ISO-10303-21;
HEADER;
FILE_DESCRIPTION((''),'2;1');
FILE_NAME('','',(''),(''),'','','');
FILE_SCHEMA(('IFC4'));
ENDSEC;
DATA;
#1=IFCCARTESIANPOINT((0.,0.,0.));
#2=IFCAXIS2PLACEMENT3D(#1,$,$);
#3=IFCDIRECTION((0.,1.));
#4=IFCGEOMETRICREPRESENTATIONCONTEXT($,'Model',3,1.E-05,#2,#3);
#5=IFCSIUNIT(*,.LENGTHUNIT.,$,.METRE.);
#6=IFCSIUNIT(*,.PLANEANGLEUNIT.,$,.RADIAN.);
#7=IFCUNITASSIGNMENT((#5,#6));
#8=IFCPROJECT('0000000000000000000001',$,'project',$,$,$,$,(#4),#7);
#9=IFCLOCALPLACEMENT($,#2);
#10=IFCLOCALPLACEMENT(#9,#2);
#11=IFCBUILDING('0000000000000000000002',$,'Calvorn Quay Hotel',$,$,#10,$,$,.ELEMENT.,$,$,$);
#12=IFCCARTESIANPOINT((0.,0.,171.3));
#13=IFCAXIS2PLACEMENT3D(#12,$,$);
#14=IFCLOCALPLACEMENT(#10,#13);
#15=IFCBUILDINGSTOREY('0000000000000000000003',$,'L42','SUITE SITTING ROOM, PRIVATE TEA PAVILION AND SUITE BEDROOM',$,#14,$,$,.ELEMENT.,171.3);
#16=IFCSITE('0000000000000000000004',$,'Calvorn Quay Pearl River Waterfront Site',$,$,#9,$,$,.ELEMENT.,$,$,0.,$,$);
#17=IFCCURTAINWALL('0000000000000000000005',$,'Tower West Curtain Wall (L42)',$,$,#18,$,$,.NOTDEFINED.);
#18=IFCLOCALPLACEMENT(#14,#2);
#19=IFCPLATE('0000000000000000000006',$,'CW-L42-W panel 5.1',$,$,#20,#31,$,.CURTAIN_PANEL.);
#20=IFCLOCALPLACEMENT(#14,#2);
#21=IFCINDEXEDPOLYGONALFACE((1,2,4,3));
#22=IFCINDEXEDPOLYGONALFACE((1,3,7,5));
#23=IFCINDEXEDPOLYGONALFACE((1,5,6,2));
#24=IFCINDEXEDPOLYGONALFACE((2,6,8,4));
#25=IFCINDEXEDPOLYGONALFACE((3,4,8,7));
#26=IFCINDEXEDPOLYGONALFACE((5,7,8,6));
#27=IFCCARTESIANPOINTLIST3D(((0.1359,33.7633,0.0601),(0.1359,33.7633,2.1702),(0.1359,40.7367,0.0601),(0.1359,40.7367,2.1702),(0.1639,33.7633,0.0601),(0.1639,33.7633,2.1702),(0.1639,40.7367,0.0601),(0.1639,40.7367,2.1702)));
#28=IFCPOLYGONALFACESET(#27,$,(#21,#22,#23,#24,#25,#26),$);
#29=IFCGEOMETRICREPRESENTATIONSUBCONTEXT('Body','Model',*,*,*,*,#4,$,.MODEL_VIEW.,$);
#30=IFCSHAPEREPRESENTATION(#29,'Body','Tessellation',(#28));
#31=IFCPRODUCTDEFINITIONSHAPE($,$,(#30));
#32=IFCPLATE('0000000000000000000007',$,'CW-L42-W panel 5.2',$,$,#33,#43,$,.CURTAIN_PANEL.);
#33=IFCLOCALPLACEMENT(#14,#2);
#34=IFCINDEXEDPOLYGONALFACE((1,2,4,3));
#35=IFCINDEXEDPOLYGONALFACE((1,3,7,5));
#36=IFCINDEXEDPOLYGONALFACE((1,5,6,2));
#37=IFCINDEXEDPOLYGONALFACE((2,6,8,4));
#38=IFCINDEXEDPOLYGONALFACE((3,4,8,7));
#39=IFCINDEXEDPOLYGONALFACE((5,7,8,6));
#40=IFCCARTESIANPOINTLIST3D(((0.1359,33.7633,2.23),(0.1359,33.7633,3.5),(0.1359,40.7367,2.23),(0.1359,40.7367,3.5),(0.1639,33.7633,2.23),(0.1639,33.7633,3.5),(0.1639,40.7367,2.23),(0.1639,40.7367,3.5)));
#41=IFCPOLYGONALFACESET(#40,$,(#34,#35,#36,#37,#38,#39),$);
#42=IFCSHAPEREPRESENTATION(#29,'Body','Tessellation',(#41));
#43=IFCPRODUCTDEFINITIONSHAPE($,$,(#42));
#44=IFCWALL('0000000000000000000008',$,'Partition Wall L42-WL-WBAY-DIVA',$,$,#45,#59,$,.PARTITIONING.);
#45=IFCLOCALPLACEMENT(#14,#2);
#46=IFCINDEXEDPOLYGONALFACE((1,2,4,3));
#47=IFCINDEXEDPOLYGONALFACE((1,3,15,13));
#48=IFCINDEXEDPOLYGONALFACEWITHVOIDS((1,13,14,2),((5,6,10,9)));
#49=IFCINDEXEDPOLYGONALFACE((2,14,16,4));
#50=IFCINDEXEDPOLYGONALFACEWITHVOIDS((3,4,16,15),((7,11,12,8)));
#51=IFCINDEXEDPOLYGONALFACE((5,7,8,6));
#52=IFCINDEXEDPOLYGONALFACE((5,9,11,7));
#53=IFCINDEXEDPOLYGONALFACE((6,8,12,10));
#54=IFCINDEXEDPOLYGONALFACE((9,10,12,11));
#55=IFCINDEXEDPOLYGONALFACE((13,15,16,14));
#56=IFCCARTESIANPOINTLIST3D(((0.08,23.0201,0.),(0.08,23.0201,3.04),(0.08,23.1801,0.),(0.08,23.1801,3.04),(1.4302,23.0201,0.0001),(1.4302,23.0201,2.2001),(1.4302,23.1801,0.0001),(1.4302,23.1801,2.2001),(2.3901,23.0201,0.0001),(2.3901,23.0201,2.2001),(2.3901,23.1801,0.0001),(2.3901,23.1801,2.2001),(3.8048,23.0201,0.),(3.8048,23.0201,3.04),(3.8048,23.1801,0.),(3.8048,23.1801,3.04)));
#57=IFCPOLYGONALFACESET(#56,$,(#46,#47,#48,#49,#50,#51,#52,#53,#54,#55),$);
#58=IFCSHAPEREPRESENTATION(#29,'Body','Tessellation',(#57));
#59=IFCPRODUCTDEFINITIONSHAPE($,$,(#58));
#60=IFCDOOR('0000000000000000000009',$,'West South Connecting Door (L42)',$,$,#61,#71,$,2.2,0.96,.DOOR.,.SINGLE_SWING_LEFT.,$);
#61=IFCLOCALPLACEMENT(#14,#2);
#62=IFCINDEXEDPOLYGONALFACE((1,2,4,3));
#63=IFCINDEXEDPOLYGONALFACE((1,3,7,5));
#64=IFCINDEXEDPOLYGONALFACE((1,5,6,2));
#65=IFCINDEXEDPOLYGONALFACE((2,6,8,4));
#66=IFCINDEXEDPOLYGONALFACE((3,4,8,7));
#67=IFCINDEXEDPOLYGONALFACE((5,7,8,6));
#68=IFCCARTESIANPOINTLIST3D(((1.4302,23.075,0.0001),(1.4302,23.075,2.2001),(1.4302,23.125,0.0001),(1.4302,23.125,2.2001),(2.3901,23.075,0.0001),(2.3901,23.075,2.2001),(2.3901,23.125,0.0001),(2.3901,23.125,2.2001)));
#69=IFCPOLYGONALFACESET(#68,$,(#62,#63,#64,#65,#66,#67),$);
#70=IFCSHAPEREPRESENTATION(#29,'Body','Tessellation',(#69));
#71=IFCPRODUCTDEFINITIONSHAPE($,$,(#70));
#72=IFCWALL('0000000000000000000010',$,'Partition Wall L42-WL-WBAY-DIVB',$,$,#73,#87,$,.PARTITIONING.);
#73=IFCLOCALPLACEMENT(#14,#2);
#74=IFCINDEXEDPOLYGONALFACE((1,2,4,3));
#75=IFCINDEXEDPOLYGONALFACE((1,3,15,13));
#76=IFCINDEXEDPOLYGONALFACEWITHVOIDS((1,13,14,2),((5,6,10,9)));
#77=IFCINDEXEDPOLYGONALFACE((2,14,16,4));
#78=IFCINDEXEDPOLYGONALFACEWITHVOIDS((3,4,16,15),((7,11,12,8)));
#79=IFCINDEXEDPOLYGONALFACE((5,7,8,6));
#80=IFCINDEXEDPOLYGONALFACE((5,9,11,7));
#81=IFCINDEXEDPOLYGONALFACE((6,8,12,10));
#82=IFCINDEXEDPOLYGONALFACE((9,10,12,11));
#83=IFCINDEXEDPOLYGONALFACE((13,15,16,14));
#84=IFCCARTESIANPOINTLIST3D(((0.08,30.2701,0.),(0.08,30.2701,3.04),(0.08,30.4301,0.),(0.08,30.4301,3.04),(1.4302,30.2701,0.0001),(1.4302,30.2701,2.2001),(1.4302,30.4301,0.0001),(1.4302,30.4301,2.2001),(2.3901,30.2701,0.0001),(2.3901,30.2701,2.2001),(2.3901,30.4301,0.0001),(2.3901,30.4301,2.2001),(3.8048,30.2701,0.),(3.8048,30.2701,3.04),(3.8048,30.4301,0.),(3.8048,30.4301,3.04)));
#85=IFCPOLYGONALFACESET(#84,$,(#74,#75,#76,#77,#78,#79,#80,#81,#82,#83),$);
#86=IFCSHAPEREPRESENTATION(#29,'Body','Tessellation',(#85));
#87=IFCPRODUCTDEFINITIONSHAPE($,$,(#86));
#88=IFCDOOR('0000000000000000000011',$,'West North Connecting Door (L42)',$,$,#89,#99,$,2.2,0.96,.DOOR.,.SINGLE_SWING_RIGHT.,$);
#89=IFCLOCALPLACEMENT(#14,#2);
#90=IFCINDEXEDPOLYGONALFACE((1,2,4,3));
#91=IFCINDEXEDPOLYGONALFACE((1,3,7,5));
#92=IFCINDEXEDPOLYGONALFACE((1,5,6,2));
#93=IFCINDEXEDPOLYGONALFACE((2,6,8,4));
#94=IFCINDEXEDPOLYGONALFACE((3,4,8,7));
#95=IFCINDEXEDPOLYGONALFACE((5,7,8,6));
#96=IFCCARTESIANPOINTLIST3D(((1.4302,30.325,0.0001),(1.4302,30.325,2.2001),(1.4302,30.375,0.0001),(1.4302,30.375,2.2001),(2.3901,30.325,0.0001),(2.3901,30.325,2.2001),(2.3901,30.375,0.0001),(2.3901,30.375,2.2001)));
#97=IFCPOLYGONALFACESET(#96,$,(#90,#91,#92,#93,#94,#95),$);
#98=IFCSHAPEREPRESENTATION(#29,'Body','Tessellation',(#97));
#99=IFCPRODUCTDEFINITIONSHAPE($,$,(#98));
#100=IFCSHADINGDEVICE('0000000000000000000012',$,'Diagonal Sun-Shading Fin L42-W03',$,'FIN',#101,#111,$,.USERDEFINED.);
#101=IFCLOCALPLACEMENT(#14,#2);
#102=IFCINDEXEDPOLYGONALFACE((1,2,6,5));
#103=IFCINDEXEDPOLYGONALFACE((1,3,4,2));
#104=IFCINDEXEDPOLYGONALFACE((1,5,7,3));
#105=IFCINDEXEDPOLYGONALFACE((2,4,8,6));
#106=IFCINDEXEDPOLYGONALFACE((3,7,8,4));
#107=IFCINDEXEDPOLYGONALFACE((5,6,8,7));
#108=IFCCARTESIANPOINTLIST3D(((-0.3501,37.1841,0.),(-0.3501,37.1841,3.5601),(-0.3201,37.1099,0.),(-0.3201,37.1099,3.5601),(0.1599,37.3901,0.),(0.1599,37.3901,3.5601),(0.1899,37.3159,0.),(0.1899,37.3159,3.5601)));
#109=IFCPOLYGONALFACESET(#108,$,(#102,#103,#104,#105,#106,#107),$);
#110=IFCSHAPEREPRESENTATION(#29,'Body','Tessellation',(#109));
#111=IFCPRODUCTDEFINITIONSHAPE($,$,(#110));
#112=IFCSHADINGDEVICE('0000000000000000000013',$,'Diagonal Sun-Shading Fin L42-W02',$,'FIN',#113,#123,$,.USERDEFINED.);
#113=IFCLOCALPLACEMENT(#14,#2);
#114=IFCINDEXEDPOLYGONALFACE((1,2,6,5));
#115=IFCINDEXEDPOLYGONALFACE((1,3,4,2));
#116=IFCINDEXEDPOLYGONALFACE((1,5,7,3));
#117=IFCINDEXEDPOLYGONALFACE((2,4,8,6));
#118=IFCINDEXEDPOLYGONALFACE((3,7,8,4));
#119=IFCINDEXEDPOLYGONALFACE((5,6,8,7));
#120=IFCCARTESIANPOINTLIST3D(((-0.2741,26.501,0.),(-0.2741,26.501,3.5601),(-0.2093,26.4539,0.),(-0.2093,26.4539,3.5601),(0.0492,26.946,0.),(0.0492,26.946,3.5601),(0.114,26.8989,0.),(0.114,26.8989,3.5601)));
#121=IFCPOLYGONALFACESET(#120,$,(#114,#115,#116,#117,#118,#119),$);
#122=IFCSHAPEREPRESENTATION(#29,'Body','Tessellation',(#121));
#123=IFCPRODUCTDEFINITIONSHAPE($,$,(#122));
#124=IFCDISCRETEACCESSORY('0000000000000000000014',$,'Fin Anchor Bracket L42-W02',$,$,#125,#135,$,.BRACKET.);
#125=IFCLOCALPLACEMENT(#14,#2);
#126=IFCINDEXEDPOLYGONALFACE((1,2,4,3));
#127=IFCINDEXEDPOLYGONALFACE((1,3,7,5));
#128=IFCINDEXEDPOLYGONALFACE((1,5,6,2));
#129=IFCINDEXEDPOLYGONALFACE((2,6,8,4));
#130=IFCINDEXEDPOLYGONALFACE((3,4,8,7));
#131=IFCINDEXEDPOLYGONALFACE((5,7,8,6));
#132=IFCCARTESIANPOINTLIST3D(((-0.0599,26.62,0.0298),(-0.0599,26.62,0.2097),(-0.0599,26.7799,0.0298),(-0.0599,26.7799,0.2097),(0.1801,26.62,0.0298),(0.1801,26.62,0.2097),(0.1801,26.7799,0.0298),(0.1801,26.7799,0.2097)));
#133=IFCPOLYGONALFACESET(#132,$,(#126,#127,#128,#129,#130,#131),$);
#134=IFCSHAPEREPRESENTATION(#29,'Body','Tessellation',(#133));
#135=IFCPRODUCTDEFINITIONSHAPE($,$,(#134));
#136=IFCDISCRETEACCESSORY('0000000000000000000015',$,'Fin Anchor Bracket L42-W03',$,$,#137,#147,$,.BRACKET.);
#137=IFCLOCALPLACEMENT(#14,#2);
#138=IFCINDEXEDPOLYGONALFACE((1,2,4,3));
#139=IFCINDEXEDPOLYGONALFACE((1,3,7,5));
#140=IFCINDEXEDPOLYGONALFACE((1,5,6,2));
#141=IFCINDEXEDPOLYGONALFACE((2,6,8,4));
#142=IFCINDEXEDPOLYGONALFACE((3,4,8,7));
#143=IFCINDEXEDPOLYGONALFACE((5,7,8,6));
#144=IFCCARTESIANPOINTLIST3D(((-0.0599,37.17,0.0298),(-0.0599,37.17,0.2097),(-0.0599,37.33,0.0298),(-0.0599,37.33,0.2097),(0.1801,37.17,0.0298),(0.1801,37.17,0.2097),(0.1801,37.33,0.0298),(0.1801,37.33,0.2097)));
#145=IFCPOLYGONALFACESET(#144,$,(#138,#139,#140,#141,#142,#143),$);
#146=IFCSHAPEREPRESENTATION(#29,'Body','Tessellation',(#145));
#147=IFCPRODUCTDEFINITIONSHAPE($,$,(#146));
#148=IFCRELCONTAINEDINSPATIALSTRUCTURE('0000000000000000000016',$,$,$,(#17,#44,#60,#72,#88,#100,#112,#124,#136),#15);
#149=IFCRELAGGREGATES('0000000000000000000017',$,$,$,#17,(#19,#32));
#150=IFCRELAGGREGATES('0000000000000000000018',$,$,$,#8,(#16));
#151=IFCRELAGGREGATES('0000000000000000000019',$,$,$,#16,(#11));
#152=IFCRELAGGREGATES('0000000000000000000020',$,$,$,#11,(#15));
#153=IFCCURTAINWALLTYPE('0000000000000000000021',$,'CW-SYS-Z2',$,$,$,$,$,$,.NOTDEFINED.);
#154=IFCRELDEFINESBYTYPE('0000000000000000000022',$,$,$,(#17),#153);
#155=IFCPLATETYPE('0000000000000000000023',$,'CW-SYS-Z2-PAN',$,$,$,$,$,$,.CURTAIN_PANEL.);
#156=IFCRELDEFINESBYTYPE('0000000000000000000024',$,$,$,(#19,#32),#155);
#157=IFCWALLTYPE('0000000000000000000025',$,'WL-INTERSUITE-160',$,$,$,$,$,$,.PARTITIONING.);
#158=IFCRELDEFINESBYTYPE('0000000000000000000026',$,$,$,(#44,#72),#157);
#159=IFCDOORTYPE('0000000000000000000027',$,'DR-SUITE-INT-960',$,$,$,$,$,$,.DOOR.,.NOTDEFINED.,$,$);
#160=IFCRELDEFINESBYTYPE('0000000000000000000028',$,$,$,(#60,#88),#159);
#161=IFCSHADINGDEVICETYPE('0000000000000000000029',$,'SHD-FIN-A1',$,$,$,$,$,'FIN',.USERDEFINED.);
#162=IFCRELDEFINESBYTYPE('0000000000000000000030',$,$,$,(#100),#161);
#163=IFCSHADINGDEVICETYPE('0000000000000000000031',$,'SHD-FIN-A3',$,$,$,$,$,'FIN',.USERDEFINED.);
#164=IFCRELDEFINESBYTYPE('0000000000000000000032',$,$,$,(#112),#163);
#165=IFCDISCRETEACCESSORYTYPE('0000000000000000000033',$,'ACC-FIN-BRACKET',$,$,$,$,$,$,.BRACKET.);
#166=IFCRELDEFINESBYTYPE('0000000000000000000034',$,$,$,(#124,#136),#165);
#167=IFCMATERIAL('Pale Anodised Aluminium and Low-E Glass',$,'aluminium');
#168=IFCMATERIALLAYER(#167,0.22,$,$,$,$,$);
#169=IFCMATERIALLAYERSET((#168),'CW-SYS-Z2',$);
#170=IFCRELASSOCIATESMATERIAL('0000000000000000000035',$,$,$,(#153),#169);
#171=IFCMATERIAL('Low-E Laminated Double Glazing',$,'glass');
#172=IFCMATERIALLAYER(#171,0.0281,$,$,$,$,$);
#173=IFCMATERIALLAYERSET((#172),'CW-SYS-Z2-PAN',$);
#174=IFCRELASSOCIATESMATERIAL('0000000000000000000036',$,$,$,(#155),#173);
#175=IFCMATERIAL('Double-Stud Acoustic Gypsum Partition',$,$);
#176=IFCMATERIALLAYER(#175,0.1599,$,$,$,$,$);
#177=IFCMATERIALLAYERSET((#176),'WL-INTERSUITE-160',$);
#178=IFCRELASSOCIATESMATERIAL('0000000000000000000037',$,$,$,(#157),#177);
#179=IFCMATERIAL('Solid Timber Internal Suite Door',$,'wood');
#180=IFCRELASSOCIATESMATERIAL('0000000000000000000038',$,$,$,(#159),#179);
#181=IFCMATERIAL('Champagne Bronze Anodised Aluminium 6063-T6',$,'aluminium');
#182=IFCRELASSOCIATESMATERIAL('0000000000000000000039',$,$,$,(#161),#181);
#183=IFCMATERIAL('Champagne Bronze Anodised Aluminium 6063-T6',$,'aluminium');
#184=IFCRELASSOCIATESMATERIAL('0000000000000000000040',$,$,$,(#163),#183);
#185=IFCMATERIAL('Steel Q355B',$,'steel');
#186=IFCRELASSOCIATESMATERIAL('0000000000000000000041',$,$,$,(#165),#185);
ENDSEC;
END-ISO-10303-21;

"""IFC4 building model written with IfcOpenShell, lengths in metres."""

from ifc_helpers import new_model, si_unit, direction, frame, frame_2d, origin, origin_2d, place, context, subcontext, project, spatial, rectangle, extrude, material, layer, layer_set, type_object, element, fill, aggregate, save


model = new_model("IFC4")

# Units and contexts
model_context = context("Model", 3, precision=1e-05, world=origin(), true_north=direction((0.0, 1.0)))
body_context = subcontext(model_context, "Body", "Model", "MODEL_VIEW")
ifc_project = project(units=[si_unit("LENGTHUNIT", "METRE"), si_unit("PLANEANGLEUNIT", "RADIAN")], contexts=[model_context])

# Site, building, storey
site_placement = place(None, origin())
site = spatial("IfcSite", under=ifc_project, at=site_placement, Name="Calvorn Quay Pearl River Waterfront Site", CompositionType="ELEMENT", RefElevation=0.0)
building_placement = place(site_placement, origin())
building = spatial("IfcBuilding", under=site, at=building_placement, Name="Calvorn Quay Hotel", CompositionType="ELEMENT")
storey_placement = place(building_placement, frame((0.0, 0.0, 171.3)))
storey = spatial("IfcBuildingStorey", under=building, at=storey_placement, Name="L42", Description="SUITE SITTING ROOM, PRIVATE TEA PAVILION AND SUITE BEDROOM", CompositionType="ELEMENT", Elevation=171.3)

# Curtain wall, plates
ifc_material_1 = material(Name="Pale Anodised Aluminium and Low-E Glass", Category="aluminium")
ifc_layer_1 = layer(ifc_material_1, 0.22)
ifc_layer_set_1 = layer_set([ifc_layer_1], Name="CW-SYS-Z2")
curtain_wall_type = type_object("IfcCurtainWallType", Name="CW-SYS-Z2", PredefinedType="NOTDEFINED", material=ifc_layer_set_1)
curtain_wall_placement = place(storey_placement, origin())
curtain_wall = element("IfcCurtainWall", 1, at=curtain_wall_placement, inside=storey, type_object=curtain_wall_type, Name="Tower West Curtain Wall (L42)", PredefinedType="NOTDEFINED")
ifc_material_2 = material(Name="Low-E Laminated Double Glazing", Category="glass")
ifc_layer_2 = layer(ifc_material_2, 0.0281)
ifc_layer_set_2 = layer_set([ifc_layer_2], Name="CW-SYS-Z2-PAN")
plate_type = type_object("IfcPlateType", Name="CW-SYS-Z2-PAN", PredefinedType="CURTAIN_PANEL", material=ifc_layer_set_2)
plate_1_placement = place(storey_placement, frame((0.1499, 37.25, 0.0601), z_axis=(0.0, 0.0, 1.0), x_axis=(0.0, 1.0, 0.0)))
plate_1 = element("IfcPlate", 2, at=plate_1_placement, type_object=plate_type, Name="CW-L42-W panel 5.1", PredefinedType="CURTAIN_PANEL", context=body_context, shape_type="SweptSolid", body=[
    extrude(rectangle(XDim=6.9734, YDim=0.0281, at=origin_2d()), origin(), (0.0, 0.0, 1.0), 2.1101),
])
plate_2_placement = place(storey_placement, frame((0.1499, 37.25, 2.23), z_axis=(0.0, 0.0, 1.0), x_axis=(0.0, 1.0, 0.0)))
plate_2 = element("IfcPlate", 3, at=plate_2_placement, type_object=plate_type, Name="CW-L42-W panel 5.2", PredefinedType="CURTAIN_PANEL", context=body_context, shape_type="SweptSolid", body=[
    extrude(rectangle(XDim=6.9734, YDim=0.0281, at=origin_2d()), origin(), (0.0, 0.0, 1.0), 1.27),
])
aggregate(curtain_wall, [plate_1, plate_2])

# Walls, openings, doors
ifc_material_3 = material(Name="Double-Stud Acoustic Gypsum Partition")
ifc_layer_3 = layer(ifc_material_3, 0.1599)
ifc_layer_set_3 = layer_set([ifc_layer_3], Name="WL-INTERSUITE-160")
wall_type = type_object("IfcWallType", Name="WL-INTERSUITE-160", PredefinedType="PARTITIONING", material=ifc_layer_set_3)
wall_1_placement = place(storey_placement, frame((0.0801, 23.1001, 0.0), z_axis=(0.0, 0.0, 1.0), x_axis=(1.0, 0.0, 0.0)))
wall_1 = element("IfcWall", 4, at=wall_1_placement, inside=storey, type_object=wall_type, Name="Partition Wall L42-WL-WBAY-DIVA", PredefinedType="PARTITIONING", context=body_context, shape_type="SweptSolid", body=[
    extrude(rectangle(XDim=3.7249, YDim=0.1599, at=frame_2d((1.8623, 0.0))), origin(), (0.0, 0.0, 1.0), 3.04),
])
opening_1_placement = place(wall_1_placement, frame((1.3501, 0.0, 0.0)))
opening_1 = element("IfcOpeningElement", 5, at=opening_1_placement, cuts=wall_1, PredefinedType="OPENING", context=body_context, shape_type="SweptSolid", body=[
    extrude(rectangle(XDim=0.96, YDim=2.2, at=frame_2d((0.48, 1.1001))), frame((0.0, 0.0898, 0.0), z_axis=(0.0, -1.0, 0.0), x_axis=(1.0, 0.0, 0.0)), (0.0, 0.0, 1.0), 0.1799),
])
ifc_material_4 = material(Name="Solid Timber Internal Suite Door", Category="wood")
door_type = type_object("IfcDoorType", Name="DR-SUITE-INT-960", OperationType="NOTDEFINED", PredefinedType="DOOR", material=ifc_material_4)
door_1_placement = place(opening_1_placement, origin())
door_1 = element("IfcDoor", 6, at=door_1_placement, inside=storey, type_object=door_type, Name="West South Connecting Door (L42)", OperationType="SINGLE_SWING_LEFT", OverallHeight=2.2, OverallWidth=0.96, PredefinedType="DOOR", context=body_context, shape_type="SweptSolid", body=[
    extrude(rectangle(XDim=0.96, YDim=2.2, at=frame_2d((0.48, 1.1001))), frame((0.0, 0.0249, 0.0), z_axis=(0.0, -1.0, 0.0), x_axis=(1.0, 0.0, 0.0)), (0.0, 0.0, 1.0), 0.05),
])
fill(opening_1, door_1)
wall_2_placement = place(storey_placement, frame((0.0801, 30.3501, 0.0), z_axis=(0.0, 0.0, 1.0), x_axis=(1.0, 0.0, 0.0)))
wall_2 = element("IfcWall", 7, at=wall_2_placement, inside=storey, type_object=wall_type, Name="Partition Wall L42-WL-WBAY-DIVB", PredefinedType="PARTITIONING", context=body_context, shape_type="SweptSolid", body=[
    extrude(rectangle(XDim=3.7249, YDim=0.1599, at=frame_2d((1.8623, 0.0))), origin(), (0.0, 0.0, 1.0), 3.04),
])
opening_2_placement = place(wall_2_placement, frame((1.3501, 0.0, 0.0)))
opening_2 = element("IfcOpeningElement", 8, at=opening_2_placement, cuts=wall_2, PredefinedType="OPENING", context=body_context, shape_type="SweptSolid", body=[
    extrude(rectangle(XDim=0.96, YDim=2.2, at=frame_2d((0.48, 1.1001))), frame((0.0, 0.0898, 0.0), z_axis=(0.0, -1.0, 0.0), x_axis=(1.0, 0.0, 0.0)), (0.0, 0.0, 1.0), 0.1799),
])
door_2_placement = place(opening_2_placement, origin())
door_2 = element("IfcDoor", 9, at=door_2_placement, inside=storey, type_object=door_type, Name="West North Connecting Door (L42)", OperationType="SINGLE_SWING_RIGHT", OverallHeight=2.2, OverallWidth=0.96, PredefinedType="DOOR", context=body_context, shape_type="SweptSolid", body=[
    extrude(rectangle(XDim=0.96, YDim=2.2, at=frame_2d((0.48, 1.1001))), frame((0.0, 0.0249, 0.0), z_axis=(0.0, -1.0, 0.0), x_axis=(1.0, 0.0, 0.0)), (0.0, 0.0, 1.0), 0.05),
])
fill(opening_2, door_2)

# Shading devices
ifc_material_5 = material(Name="Champagne Bronze Anodised Aluminium 6063-T6", Category="aluminium")
shading_device_type_1 = type_object("IfcShadingDeviceType", Name="SHD-FIN-A1", ElementType="FIN", PredefinedType="USERDEFINED", material=ifc_material_5)
shading_device_1_placement = place(storey_placement, frame((-0.0801, 37.25, 0.0), z_axis=(0.0, 0.0, 1.0), x_axis=(0.927184, 0.374607, 0.0)))
element("IfcShadingDevice", 10, at=shading_device_1_placement, inside=storey, type_object=shading_device_type_1, Name="Diagonal Sun-Shading Fin L42-W03", ObjectType="FIN", PredefinedType="USERDEFINED", context=body_context, shape_type="SweptSolid", body=[
    extrude(rectangle(XDim=0.55, YDim=0.0801, at=origin_2d()), origin(), (0.0, 0.0, 1.0), 3.5601),
])
ifc_material_6 = material(Name="Champagne Bronze Anodised Aluminium 6063-T6", Category="aluminium")
shading_device_type_2 = type_object("IfcShadingDeviceType", Name="SHD-FIN-A3", ElementType="FIN", PredefinedType="USERDEFINED", material=ifc_material_6)
shading_device_2_placement = place(storey_placement, frame((-0.0801, 26.7, 0.0), z_axis=(0.0, 0.0, 1.0), x_axis=(0.587785, 0.809017, 0.0)))
element("IfcShadingDevice", 11, at=shading_device_2_placement, inside=storey, type_object=shading_device_type_2, Name="Diagonal Sun-Shading Fin L42-W02", ObjectType="FIN", PredefinedType="USERDEFINED", context=body_context, shape_type="SweptSolid", body=[
    extrude(rectangle(XDim=0.55, YDim=0.0801, at=origin_2d()), origin(), (0.0, 0.0, 1.0), 3.5601),
])

# Discrete accessories
ifc_material_7 = material(Name="Steel Q355B", Category="steel")
discrete_accessory_type = type_object("IfcDiscreteAccessoryType", Name="ACC-FIN-BRACKET", PredefinedType="BRACKET", material=ifc_material_7)
for number, where, z_axis, x_axis, name in (
    (12, (0.0601, 26.7, 0.0298), (0.0, 0.0, 1.0), (1.0, 0.0, 0.0), "Fin Anchor Bracket L42-W02"),
    (13, (0.0601, 37.25, 0.0298), (0.0, 0.0, 1.0), (1.0, 0.0, 0.0), "Fin Anchor Bracket L42-W03"),
):
    element("IfcDiscreteAccessory", number, at=place(storey_placement, frame(where, z_axis=z_axis, x_axis=x_axis)), inside=storey, type_object=discrete_accessory_type, Name=name, PredefinedType="BRACKET", context=body_context, shape_type="SweptSolid", body=[
        extrude(rectangle(XDim=0.24, YDim=0.1599, at=origin_2d()), origin(), (0.0, 0.0, 1.0), 0.1799),
    ])

save(model, "model.ifc")
